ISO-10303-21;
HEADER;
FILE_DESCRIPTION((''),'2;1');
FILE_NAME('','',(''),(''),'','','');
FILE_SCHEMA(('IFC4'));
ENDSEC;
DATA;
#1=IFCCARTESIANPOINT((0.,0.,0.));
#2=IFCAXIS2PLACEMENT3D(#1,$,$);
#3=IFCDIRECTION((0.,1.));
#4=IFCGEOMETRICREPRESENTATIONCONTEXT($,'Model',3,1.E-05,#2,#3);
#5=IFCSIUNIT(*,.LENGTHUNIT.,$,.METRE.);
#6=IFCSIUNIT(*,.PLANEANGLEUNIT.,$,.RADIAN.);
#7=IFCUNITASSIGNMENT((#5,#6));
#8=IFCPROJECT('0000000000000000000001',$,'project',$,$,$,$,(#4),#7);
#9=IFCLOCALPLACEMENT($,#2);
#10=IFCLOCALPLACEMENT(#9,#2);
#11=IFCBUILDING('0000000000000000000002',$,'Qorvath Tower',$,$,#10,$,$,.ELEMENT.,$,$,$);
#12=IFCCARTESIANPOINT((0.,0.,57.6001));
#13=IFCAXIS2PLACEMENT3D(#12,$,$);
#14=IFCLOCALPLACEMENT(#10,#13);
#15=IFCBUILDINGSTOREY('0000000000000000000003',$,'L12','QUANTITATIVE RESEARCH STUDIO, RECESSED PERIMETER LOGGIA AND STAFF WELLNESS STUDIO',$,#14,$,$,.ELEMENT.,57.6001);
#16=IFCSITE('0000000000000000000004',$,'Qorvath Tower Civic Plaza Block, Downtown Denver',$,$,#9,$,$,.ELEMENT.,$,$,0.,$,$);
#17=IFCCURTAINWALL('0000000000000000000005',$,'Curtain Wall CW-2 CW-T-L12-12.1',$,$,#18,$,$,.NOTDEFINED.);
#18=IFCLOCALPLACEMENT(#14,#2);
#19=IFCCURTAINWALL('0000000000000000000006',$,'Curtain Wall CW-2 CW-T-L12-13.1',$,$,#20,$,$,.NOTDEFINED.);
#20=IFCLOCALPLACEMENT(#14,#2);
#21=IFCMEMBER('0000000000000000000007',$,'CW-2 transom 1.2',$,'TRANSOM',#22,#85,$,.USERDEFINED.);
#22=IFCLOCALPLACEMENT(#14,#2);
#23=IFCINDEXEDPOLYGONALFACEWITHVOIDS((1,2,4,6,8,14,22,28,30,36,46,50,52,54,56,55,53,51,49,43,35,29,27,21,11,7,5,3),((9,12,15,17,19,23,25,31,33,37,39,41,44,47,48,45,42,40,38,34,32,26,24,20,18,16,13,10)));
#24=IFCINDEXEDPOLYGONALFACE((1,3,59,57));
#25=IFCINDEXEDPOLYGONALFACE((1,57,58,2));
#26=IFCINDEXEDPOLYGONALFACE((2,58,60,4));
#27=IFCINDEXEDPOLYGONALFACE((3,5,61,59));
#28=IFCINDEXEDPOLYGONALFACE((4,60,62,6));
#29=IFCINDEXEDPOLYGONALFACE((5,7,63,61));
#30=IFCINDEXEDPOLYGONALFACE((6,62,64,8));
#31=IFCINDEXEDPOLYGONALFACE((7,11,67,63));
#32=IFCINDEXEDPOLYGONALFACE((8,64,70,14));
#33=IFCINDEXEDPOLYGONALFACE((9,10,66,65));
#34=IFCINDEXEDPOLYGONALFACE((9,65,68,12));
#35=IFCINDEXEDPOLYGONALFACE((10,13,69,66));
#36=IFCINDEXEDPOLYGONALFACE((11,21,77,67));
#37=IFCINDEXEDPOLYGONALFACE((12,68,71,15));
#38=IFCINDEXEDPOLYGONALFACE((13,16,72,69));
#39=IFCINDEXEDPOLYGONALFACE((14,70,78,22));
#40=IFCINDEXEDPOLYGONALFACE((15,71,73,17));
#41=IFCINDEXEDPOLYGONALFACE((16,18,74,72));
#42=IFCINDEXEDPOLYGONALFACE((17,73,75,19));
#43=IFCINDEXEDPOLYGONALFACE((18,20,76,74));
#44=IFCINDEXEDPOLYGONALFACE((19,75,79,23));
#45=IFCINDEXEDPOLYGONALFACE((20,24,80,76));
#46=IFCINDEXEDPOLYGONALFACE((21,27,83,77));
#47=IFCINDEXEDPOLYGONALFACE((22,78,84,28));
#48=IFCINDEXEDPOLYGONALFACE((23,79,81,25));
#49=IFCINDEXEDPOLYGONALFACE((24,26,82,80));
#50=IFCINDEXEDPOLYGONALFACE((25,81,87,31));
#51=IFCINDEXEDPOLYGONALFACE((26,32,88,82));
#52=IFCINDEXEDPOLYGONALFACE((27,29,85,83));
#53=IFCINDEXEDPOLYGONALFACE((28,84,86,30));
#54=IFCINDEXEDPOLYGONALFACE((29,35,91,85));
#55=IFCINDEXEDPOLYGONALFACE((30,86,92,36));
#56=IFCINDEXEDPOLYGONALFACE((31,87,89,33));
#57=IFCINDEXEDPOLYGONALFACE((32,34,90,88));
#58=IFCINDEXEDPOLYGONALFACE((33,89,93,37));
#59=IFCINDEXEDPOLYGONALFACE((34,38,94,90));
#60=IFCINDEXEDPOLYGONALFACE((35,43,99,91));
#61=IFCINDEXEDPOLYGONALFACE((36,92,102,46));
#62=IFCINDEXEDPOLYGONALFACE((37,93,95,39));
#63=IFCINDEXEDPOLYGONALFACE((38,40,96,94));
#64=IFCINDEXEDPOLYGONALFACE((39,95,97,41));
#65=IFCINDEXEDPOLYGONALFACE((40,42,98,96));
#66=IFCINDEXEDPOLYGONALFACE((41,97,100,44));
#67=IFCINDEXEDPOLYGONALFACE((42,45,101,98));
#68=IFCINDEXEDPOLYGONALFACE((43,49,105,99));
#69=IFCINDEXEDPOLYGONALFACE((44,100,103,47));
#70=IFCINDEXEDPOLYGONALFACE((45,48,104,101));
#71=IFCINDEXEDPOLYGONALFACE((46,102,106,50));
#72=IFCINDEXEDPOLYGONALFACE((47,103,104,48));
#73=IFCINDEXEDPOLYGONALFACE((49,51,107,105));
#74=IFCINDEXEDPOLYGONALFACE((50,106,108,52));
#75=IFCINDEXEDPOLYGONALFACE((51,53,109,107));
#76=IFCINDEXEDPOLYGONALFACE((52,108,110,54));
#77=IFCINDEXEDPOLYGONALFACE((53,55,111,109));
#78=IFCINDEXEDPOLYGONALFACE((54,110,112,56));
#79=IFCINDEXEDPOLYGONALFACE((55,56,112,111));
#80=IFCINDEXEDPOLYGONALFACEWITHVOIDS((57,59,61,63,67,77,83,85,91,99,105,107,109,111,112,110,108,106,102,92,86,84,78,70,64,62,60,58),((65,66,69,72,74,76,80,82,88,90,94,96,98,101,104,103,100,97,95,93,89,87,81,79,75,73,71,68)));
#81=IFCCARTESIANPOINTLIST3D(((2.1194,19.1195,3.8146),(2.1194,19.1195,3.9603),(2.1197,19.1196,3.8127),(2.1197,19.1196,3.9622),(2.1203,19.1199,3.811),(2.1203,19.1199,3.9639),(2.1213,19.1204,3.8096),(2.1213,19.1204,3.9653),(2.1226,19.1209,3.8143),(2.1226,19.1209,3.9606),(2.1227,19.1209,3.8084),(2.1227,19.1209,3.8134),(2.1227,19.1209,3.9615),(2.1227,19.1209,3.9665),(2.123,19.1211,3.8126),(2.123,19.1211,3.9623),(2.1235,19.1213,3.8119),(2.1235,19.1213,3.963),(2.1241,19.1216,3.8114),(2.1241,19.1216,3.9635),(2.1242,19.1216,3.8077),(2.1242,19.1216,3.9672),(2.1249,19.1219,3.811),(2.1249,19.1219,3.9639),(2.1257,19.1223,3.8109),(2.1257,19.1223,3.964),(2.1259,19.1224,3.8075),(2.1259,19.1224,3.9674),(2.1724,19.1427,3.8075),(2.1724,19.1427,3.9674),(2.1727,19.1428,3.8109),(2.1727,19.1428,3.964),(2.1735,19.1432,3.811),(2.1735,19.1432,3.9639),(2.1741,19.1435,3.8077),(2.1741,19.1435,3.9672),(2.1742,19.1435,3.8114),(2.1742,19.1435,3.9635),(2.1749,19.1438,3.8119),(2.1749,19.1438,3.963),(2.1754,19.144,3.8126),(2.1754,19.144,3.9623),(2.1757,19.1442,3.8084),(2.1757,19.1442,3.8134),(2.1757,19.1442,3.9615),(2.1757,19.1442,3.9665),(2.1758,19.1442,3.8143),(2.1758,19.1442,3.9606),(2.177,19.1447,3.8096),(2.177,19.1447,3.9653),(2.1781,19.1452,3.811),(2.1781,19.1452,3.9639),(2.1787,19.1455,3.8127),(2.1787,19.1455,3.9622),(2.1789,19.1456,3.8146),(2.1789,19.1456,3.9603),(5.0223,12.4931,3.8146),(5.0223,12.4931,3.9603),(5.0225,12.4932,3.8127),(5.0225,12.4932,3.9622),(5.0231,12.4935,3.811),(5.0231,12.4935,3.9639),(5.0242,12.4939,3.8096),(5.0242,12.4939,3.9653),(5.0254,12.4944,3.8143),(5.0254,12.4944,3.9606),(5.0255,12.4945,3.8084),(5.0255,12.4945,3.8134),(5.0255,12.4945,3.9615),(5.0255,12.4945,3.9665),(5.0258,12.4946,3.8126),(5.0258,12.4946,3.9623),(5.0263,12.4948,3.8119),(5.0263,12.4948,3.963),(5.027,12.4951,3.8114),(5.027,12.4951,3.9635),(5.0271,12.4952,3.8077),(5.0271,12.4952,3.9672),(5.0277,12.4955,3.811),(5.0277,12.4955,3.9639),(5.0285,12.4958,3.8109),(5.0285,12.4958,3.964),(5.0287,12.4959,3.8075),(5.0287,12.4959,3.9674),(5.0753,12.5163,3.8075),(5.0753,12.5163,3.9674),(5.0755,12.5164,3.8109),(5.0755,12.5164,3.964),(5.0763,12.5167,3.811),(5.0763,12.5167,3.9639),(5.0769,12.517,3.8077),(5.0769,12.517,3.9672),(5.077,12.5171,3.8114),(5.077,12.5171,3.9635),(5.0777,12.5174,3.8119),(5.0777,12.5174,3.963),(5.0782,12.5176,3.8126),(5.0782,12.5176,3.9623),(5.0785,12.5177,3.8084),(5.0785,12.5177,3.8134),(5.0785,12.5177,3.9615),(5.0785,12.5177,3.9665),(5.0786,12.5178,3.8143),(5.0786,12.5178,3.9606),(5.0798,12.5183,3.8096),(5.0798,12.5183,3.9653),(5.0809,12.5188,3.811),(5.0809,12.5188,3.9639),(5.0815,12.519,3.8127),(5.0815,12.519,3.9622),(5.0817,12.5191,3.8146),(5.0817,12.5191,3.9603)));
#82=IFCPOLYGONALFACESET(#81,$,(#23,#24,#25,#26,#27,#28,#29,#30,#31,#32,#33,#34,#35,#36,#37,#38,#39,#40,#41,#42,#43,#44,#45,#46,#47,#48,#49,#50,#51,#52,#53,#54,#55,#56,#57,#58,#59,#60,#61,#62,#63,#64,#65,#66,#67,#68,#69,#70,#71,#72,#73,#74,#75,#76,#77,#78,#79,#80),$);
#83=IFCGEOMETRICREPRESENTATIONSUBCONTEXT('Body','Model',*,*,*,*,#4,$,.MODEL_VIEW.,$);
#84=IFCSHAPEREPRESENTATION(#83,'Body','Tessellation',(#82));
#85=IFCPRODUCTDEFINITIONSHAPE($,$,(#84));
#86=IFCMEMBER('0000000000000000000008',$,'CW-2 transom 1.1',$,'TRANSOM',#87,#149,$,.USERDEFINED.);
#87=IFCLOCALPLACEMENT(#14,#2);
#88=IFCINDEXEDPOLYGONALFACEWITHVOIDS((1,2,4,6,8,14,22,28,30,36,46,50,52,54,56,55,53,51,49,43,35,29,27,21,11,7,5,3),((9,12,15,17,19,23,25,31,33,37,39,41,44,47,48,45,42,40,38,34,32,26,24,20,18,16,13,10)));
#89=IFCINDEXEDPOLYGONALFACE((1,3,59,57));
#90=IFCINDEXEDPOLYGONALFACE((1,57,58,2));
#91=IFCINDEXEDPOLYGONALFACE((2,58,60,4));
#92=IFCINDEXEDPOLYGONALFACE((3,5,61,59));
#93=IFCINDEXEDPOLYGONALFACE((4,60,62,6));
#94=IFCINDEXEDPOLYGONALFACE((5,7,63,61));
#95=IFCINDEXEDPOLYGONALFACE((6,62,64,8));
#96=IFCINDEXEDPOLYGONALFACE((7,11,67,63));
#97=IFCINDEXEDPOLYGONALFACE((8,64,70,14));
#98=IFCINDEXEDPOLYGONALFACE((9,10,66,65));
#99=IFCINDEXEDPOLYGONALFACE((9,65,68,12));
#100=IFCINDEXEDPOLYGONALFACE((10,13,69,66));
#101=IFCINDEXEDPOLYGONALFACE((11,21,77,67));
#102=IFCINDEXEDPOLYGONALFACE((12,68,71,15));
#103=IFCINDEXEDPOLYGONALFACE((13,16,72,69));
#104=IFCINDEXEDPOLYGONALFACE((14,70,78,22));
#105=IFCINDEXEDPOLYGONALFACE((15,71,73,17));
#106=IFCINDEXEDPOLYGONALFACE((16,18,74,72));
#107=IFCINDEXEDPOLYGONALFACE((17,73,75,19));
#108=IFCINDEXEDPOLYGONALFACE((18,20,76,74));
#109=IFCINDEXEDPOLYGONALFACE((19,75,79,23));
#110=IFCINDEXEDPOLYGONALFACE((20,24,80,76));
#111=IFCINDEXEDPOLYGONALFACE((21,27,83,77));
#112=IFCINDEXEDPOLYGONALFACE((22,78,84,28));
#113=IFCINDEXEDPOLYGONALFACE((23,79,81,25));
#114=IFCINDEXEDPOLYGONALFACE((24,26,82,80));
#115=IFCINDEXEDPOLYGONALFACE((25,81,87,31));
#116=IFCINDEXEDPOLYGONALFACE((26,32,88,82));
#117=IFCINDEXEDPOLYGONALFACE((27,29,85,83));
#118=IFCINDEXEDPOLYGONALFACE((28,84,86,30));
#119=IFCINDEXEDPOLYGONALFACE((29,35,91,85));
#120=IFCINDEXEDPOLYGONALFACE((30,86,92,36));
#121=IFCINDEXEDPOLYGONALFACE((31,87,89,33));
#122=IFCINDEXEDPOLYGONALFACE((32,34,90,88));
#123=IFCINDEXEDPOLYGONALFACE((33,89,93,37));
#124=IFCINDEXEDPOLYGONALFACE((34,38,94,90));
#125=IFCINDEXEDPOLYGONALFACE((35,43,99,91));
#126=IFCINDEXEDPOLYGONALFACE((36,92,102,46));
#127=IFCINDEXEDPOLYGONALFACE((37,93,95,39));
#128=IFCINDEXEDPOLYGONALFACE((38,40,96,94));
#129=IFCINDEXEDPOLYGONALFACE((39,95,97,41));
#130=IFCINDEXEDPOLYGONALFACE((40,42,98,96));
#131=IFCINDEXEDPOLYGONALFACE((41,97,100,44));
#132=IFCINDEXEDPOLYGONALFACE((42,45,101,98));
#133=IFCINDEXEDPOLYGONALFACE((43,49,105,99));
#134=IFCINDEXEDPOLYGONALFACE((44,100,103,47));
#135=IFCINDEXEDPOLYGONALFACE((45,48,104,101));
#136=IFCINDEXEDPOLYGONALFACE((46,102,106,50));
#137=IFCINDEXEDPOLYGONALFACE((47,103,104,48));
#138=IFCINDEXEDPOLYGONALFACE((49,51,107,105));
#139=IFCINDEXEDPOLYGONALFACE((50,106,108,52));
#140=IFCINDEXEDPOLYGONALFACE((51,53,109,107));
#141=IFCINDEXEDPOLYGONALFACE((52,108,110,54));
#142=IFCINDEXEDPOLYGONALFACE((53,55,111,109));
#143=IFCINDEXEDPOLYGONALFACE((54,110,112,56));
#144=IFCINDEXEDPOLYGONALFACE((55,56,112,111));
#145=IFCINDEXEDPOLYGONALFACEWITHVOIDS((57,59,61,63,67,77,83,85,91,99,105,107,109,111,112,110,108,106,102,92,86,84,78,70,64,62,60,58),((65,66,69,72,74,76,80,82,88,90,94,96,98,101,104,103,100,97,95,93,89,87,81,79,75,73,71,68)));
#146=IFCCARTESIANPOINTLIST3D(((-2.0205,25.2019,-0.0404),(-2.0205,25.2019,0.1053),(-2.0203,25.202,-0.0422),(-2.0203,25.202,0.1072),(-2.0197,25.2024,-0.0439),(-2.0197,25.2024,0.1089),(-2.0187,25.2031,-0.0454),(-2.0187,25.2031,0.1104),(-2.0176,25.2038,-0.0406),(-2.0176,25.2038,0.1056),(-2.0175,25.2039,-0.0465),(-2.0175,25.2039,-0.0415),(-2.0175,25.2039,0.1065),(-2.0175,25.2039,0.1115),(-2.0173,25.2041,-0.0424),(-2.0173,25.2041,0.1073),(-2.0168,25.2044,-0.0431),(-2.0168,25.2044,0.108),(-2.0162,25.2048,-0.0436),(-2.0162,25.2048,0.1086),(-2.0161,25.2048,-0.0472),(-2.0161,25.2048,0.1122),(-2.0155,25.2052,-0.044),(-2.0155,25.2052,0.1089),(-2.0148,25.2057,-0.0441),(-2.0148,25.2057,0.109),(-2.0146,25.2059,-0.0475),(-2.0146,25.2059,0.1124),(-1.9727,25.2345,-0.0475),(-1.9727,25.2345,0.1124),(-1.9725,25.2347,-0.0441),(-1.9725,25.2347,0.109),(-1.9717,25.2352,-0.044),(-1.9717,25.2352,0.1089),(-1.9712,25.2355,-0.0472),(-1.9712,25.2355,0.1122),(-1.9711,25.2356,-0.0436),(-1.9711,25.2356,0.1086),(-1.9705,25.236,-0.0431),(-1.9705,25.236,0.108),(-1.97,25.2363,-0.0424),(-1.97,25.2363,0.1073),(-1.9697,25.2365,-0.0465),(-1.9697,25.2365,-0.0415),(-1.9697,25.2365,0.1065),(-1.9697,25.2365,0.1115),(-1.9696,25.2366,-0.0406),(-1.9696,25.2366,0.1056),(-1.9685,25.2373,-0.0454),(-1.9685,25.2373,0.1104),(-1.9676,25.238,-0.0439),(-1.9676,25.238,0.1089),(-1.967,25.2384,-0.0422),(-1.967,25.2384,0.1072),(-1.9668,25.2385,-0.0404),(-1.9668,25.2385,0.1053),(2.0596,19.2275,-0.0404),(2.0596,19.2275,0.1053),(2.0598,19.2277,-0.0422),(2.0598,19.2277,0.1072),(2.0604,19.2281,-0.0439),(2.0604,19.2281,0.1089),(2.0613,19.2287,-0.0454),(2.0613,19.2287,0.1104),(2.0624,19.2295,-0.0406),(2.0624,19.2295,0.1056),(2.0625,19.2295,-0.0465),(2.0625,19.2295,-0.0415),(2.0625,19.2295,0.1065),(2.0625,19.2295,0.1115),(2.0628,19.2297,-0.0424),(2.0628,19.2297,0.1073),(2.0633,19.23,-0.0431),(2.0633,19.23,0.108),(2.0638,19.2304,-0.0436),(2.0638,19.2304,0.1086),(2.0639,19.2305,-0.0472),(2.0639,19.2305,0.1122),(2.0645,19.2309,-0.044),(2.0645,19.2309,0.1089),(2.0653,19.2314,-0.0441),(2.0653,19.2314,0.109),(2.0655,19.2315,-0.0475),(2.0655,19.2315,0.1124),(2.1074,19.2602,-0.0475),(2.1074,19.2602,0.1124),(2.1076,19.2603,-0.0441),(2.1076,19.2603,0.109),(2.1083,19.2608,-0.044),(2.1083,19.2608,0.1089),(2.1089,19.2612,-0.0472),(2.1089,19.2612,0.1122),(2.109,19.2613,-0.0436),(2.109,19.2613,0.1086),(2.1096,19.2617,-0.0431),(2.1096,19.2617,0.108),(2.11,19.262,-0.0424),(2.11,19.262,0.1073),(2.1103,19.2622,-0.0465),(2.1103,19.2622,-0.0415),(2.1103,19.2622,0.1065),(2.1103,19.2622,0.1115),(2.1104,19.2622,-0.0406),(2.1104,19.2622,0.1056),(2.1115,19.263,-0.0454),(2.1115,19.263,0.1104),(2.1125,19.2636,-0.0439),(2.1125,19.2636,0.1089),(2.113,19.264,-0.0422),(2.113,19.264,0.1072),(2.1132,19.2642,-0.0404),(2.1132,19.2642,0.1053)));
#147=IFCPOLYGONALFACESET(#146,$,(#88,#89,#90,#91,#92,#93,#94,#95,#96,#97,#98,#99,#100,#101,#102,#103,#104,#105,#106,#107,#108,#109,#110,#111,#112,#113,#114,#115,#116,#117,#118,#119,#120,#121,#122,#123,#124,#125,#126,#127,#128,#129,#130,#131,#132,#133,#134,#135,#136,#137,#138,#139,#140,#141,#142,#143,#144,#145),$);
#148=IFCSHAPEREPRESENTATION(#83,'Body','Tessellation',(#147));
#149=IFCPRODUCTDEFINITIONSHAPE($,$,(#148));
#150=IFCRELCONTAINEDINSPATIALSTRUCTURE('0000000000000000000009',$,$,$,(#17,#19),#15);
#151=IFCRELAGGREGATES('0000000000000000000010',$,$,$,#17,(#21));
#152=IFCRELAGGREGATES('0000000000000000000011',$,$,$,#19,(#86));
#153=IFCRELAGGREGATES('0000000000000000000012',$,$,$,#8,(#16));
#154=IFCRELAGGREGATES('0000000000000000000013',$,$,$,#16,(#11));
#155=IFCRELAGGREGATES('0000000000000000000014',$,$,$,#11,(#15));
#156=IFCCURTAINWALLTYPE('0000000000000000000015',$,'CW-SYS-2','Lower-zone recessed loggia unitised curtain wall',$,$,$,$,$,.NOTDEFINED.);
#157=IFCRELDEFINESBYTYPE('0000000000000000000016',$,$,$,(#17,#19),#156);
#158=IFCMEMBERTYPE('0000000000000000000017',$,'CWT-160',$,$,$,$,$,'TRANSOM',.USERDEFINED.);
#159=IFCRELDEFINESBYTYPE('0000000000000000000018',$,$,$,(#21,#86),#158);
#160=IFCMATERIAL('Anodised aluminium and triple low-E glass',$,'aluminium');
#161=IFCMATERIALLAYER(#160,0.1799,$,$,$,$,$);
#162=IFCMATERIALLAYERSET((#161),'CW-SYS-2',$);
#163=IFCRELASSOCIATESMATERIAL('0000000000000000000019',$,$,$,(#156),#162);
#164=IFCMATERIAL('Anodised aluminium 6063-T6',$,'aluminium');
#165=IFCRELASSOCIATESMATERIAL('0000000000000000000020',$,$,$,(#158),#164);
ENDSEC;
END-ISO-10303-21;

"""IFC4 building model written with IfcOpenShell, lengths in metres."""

from ifc_helpers import new_model, si_unit, direction, frame, origin, origin_2d, place, context, subcontext, project, spatial, hollow_rectangle, extrude, material, layer, layer_set, material_profile, profile_set, type_object, element, aggregate, save


model = new_model("IFC4")

# Units and contexts
model_context = context("Model", 3, precision=1e-05, world=origin(), true_north=direction((0.0, 1.0)))
body_context = subcontext(model_context, "Body", "Model", "MODEL_VIEW")
ifc_project = project(units=[si_unit("LENGTHUNIT", "METRE"), si_unit("PLANEANGLEUNIT", "RADIAN")], contexts=[model_context])

# Site, building, storey
site_placement = place(None, origin())
site = spatial("IfcSite", under=ifc_project, at=site_placement, Name="Qorvath Tower Civic Plaza Block, Downtown Denver", CompositionType="ELEMENT", RefElevation=0.0)
building_placement = place(site_placement, origin())
building = spatial("IfcBuilding", under=site, at=building_placement, Name="Qorvath Tower", CompositionType="ELEMENT")
storey_placement = place(building_placement, frame((0.0, 0.0, 57.6001)))
storey = spatial("IfcBuildingStorey", under=building, at=storey_placement, Name="L12", Description="QUANTITATIVE RESEARCH STUDIO, RECESSED PERIMETER LOGGIA AND STAFF WELLNESS STUDIO", CompositionType="ELEMENT", Elevation=57.6001)

# Shared definitions
ifc_material_1 = material(Name="Anodised aluminium and triple low-E glass", Category="aluminium")
ifc_layer_1 = layer(ifc_material_1, 0.1799)
ifc_layer_set_1 = layer_set([ifc_layer_1], Name="CW-SYS-2")
curtain_wall_type = type_object("IfcCurtainWallType", Name="CW-SYS-2", Description="Lower-zone recessed loggia unitised curtain wall", PredefinedType="NOTDEFINED", material=ifc_layer_set_1)

# Curtain wall
curtain_wall_1_placement = place(storey_placement, origin())
curtain_wall_1 = element("IfcCurtainWall", 1, at=curtain_wall_1_placement, inside=storey, type_object=curtain_wall_type, Name="Curtain Wall CW-2 CW-T-L12-12.1", PredefinedType="NOTDEFINED")

# Curtain wall
curtain_wall_2_placement = place(storey_placement, origin())
curtain_wall_2 = element("IfcCurtainWall", 2, at=curtain_wall_2_placement, inside=storey, type_object=curtain_wall_type, Name="Curtain Wall CW-2 CW-T-L12-13.1", PredefinedType="NOTDEFINED")

# Members
ifc_material_2 = material(Name="Anodised aluminium 6063-T6", Category="aluminium")
ifc_material_profile_1 = material_profile(ifc_material_2, hollow_rectangle(XDim=0.0649, YDim=0.1599, WallThickness=0.0034, InnerFilletRadius=0.0034, OuterFilletRadius=0.0071, at=origin_2d()), Name="CWT 160x65")
ifc_profile_set_1 = profile_set([ifc_material_profile_1], Name="Anodised aluminium 6063-T6")
member_type_1 = type_object("IfcMemberType", Name="CWT-160", ElementType="TRANSOM", PredefinedType="USERDEFINED", material=ifc_profile_set_1)
member_1_placement = place(storey_placement, frame((5.052, 12.5061, 3.8875), z_axis=(-0.401254, 0.915967, 0.0), x_axis=(-0.915967, -0.401254, 0.0)))
member_1 = element("IfcMember", 3, at=member_1_placement, type_object=member_type_1, Name="CW-2 transom 1.2", ObjectType="TRANSOM", PredefinedType="USERDEFINED", context=body_context, shape_type="SweptSolid", body=[
    extrude(hollow_rectangle(XDim=0.0649, YDim=0.1599, WallThickness=0.0034, InnerFilletRadius=0.0034, OuterFilletRadius=0.0071, at=origin_2d()), origin(), (0.0, 0.0, 1.0), 7.2344),
])
member_2_placement = place(storey_placement, frame((2.0864, 19.2458, 0.0325), z_axis=(-0.563964, 0.825799, 0.0), x_axis=(-0.825799, -0.563964, 0.0)))
member_2 = element("IfcMember", 4, at=member_2_placement, type_object=member_type_1, Name="CW-2 transom 1.1", ObjectType="TRANSOM", PredefinedType="USERDEFINED", context=body_context, shape_type="SweptSolid", body=[
    extrude(hollow_rectangle(XDim=0.0649, YDim=0.1599, WallThickness=0.0034, InnerFilletRadius=0.0034, OuterFilletRadius=0.0071, at=origin_2d()), origin(), (0.0, 0.0, 1.0), 7.2346),
])

aggregate(curtain_wall_1, [member_1])
aggregate(curtain_wall_2, [member_2])

save(model, "model.ifc")
